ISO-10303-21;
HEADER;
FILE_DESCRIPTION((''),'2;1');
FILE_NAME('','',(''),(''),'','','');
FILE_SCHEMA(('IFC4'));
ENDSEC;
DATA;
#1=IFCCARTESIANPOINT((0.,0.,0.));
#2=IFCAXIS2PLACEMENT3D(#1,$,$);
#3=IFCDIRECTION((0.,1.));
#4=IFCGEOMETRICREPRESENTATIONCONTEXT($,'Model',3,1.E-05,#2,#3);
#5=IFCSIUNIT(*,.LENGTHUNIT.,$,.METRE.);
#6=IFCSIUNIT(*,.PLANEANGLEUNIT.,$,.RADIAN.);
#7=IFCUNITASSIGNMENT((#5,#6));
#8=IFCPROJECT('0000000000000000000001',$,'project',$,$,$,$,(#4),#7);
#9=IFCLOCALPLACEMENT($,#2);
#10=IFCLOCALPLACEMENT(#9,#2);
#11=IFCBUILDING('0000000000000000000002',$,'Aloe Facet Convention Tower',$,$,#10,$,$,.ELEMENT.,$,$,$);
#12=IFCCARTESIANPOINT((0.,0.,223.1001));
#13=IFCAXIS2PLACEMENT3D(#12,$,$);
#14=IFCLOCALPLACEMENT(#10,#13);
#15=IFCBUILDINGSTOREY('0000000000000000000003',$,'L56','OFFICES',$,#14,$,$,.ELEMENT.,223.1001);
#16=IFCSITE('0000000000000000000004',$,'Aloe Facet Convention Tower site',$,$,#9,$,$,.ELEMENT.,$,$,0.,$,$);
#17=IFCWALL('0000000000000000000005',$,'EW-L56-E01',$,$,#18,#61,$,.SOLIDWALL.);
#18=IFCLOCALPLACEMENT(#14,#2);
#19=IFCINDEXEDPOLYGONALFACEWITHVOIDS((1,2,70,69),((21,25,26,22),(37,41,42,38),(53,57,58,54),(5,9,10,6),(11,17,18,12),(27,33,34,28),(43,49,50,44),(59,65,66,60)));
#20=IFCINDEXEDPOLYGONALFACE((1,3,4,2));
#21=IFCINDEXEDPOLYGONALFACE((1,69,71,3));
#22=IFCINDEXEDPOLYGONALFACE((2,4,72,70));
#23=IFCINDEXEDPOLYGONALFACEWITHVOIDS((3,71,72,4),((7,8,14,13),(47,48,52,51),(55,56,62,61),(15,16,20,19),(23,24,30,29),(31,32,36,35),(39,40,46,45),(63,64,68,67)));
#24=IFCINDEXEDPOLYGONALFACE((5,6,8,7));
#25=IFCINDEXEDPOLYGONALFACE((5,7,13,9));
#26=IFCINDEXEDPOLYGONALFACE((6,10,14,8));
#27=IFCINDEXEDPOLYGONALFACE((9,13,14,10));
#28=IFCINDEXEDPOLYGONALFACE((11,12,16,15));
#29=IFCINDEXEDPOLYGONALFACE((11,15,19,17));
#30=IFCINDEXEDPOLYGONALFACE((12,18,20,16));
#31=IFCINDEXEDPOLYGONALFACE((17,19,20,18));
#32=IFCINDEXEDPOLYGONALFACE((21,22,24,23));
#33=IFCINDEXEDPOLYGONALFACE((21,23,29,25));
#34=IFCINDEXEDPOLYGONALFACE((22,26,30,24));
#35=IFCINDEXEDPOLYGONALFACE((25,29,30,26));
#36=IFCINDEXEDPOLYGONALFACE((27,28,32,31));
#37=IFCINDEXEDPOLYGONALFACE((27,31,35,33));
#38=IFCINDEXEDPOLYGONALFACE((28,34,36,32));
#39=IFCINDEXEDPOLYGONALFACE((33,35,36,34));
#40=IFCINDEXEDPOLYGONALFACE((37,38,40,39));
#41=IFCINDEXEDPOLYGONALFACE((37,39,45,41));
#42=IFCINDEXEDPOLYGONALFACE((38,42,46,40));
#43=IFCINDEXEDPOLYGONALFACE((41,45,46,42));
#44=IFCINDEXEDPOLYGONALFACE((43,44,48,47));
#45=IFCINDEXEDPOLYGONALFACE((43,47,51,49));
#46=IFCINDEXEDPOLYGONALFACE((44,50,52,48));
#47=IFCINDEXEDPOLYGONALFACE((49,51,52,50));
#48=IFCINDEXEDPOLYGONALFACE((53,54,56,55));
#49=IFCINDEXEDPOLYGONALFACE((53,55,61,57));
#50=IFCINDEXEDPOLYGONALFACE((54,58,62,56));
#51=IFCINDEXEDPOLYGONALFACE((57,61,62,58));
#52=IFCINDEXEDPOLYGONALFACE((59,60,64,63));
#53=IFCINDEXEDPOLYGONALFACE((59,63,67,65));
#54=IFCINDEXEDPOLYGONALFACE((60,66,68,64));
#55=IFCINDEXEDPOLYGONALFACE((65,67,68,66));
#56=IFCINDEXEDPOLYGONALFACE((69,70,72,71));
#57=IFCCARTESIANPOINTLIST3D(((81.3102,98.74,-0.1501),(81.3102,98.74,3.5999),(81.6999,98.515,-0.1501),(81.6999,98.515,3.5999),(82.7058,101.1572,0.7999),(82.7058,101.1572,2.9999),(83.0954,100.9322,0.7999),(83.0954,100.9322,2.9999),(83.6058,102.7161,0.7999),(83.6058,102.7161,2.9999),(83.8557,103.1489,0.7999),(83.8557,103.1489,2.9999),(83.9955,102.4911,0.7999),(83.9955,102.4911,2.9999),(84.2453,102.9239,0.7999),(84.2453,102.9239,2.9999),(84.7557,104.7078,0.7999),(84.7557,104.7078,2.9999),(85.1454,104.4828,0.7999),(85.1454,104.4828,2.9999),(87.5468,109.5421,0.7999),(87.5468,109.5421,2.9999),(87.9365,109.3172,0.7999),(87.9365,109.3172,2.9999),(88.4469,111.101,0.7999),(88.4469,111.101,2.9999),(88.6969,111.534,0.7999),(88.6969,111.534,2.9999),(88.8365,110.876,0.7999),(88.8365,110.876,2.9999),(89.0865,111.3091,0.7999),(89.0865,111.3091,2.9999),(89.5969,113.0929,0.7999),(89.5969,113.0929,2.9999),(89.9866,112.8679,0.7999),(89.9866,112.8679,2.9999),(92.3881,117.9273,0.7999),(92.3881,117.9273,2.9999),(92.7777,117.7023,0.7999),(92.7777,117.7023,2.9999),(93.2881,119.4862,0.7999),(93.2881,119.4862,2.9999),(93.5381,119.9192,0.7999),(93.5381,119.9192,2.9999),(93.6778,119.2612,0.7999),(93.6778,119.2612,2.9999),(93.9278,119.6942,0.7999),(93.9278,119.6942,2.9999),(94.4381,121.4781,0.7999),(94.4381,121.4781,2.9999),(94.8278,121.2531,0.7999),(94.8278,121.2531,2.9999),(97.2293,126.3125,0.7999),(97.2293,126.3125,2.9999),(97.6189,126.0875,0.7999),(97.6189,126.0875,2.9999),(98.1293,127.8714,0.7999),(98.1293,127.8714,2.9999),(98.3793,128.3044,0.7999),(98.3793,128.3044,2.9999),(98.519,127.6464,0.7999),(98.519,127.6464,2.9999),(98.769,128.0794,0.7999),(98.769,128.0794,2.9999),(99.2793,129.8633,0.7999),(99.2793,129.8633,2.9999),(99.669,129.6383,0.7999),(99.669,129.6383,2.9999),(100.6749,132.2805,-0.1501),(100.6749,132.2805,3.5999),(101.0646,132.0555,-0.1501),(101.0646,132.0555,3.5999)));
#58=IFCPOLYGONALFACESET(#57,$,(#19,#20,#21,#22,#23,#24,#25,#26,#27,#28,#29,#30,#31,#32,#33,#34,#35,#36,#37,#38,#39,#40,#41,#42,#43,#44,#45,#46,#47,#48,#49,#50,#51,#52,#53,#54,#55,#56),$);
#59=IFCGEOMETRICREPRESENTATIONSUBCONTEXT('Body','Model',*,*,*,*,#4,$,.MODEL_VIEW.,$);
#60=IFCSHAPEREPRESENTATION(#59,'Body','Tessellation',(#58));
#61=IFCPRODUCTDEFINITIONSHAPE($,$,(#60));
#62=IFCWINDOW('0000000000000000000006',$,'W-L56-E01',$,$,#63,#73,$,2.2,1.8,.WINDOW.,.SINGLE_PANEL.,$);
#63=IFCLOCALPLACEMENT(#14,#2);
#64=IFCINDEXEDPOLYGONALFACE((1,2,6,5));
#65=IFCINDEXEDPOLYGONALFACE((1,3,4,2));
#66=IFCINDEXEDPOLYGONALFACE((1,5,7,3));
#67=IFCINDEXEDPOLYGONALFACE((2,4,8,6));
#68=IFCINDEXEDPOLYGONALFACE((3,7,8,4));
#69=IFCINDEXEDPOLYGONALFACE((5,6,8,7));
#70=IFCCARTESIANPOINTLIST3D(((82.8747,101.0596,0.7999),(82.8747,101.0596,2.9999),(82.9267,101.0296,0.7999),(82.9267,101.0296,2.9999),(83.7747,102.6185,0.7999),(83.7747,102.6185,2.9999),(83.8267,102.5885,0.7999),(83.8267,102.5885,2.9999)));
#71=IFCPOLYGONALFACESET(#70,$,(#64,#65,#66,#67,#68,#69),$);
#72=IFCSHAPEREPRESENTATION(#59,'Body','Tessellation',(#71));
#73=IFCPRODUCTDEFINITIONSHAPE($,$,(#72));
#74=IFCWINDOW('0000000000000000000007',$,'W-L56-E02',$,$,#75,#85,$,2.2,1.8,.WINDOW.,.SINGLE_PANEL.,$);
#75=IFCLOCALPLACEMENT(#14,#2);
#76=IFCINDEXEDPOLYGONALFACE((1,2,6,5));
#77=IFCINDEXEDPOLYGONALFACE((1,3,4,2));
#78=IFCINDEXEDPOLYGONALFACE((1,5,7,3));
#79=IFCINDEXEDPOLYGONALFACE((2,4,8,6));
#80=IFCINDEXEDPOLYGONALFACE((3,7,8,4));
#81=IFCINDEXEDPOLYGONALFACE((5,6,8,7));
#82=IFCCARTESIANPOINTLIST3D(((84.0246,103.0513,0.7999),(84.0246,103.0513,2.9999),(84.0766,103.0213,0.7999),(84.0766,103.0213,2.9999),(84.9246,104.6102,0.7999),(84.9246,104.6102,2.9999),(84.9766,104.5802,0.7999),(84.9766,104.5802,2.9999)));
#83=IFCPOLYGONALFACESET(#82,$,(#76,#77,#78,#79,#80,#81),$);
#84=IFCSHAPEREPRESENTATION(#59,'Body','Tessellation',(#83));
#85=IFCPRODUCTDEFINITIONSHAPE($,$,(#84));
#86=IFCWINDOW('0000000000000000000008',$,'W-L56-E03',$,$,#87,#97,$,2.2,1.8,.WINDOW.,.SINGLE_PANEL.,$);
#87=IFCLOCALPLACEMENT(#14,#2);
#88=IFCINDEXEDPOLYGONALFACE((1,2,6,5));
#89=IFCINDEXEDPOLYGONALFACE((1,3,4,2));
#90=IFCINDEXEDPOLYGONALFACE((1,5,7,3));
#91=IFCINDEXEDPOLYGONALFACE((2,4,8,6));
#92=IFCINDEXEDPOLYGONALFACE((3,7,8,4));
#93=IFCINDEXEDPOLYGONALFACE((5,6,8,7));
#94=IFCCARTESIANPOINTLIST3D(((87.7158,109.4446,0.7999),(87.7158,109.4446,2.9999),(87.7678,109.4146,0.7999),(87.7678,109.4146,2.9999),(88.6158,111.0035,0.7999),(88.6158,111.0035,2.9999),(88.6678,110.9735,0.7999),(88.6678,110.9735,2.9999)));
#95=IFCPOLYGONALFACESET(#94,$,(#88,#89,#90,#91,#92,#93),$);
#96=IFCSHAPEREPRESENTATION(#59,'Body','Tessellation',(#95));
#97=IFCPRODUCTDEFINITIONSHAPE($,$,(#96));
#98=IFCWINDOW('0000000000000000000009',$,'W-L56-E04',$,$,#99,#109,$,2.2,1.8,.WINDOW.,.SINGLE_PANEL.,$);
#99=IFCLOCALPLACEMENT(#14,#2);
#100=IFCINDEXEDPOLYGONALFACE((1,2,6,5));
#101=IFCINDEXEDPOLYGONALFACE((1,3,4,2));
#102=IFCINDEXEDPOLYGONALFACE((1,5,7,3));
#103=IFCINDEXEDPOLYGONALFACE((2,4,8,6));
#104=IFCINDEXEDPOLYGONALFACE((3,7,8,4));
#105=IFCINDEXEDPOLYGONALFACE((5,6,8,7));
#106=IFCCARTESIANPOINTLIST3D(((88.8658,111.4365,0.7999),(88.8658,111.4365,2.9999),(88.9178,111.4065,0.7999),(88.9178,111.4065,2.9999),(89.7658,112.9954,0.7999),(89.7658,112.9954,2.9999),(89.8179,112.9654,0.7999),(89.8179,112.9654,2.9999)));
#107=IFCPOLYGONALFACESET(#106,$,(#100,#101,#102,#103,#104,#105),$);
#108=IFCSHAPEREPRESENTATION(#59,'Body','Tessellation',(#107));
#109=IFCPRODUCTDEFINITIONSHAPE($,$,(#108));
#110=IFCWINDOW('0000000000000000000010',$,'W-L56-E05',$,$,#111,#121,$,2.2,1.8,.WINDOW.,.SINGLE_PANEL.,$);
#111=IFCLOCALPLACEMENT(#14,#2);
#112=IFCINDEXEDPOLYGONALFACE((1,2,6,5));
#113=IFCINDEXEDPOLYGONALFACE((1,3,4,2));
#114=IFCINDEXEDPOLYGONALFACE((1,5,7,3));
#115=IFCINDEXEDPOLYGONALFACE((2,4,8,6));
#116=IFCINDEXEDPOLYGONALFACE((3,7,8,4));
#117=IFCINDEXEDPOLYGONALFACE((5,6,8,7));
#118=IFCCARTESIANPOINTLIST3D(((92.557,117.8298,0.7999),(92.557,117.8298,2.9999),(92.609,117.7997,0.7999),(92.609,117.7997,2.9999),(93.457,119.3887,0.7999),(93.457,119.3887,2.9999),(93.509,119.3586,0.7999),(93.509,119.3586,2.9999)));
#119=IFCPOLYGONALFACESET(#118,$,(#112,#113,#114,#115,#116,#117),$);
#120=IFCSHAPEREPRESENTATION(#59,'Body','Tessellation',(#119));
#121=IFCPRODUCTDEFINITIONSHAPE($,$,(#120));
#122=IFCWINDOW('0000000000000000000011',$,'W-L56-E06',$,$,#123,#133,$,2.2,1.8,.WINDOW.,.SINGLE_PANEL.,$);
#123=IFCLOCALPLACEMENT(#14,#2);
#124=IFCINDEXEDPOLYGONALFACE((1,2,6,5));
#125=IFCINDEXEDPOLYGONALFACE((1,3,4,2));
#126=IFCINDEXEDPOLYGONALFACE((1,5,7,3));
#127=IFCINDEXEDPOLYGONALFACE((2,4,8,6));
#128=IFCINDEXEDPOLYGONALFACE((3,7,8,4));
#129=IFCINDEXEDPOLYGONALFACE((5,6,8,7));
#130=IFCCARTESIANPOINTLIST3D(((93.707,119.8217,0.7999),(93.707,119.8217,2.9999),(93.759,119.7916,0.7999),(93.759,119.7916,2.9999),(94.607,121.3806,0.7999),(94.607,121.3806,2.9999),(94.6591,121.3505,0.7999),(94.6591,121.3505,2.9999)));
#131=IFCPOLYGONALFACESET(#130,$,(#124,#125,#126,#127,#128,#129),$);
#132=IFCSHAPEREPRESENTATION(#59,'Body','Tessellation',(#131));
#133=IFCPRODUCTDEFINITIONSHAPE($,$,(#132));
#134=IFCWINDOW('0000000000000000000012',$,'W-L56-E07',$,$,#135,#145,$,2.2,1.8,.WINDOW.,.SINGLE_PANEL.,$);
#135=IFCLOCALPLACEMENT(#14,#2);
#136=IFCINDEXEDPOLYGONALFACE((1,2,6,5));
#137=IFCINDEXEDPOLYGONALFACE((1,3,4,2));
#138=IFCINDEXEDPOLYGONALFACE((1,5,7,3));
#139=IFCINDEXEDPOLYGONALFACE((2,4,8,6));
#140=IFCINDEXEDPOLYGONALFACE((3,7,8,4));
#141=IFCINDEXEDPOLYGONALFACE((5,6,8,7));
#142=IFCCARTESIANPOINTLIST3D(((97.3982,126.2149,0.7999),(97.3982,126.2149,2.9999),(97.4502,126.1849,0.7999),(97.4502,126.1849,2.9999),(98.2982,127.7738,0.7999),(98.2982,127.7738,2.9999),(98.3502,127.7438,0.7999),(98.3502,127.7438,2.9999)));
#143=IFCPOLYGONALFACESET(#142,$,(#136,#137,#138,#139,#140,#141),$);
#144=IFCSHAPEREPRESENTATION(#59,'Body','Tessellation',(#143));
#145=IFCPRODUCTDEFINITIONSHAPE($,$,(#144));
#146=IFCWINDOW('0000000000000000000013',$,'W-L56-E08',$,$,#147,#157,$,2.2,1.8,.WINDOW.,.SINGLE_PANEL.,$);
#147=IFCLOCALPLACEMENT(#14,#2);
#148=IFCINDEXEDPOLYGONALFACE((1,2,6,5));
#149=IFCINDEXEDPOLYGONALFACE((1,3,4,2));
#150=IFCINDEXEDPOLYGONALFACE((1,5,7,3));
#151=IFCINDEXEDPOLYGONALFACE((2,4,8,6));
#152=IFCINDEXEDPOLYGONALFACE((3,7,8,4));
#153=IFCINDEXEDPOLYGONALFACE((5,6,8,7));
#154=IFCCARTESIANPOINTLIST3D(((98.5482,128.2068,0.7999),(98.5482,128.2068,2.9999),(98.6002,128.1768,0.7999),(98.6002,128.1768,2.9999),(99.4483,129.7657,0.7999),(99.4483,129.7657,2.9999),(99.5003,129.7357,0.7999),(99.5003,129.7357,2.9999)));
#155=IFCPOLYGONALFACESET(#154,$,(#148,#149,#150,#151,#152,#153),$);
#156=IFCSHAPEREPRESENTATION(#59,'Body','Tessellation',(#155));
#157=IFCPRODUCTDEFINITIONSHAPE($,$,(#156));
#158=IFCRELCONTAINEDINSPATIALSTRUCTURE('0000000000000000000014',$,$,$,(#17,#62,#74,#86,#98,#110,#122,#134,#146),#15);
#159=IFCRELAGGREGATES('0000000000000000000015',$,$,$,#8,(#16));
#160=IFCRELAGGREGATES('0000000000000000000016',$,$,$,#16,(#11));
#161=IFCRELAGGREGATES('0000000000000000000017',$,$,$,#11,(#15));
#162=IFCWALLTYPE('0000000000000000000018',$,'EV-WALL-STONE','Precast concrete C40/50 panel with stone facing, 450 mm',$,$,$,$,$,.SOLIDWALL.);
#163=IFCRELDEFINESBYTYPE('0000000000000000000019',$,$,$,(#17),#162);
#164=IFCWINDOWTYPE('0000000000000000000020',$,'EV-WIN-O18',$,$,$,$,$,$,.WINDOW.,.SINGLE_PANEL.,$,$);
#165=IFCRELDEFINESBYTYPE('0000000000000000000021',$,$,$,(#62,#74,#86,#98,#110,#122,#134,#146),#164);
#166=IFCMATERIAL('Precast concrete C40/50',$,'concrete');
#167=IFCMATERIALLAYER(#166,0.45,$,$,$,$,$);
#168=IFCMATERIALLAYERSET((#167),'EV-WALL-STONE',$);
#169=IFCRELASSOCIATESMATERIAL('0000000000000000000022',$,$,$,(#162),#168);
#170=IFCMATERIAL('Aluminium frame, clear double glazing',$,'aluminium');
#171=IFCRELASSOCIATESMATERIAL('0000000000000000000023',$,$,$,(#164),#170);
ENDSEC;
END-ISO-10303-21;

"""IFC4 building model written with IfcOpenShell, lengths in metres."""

from ifc_helpers import new_model, si_unit, direction, frame, frame_2d, origin, place, context, subcontext, project, spatial, polyline, rectangle, outline, extrude, material, layer, layer_set, type_object, element, fill, save


model = new_model("IFC4")

# Units and contexts
model_context = context("Model", 3, precision=1e-05, world=origin(), true_north=direction((0.0, 1.0)))
body_context = subcontext(model_context, "Body", "Model", "MODEL_VIEW")
ifc_project = project(units=[si_unit("LENGTHUNIT", "METRE"), si_unit("PLANEANGLEUNIT", "RADIAN")], contexts=[model_context])

# Site, building, storey
site_placement = place(None, origin())
site = spatial("IfcSite", under=ifc_project, at=site_placement, Name="Aloe Facet Convention Tower site", CompositionType="ELEMENT", RefElevation=0.0)
building_placement = place(site_placement, origin())
building = spatial("IfcBuilding", under=site, at=building_placement, Name="Aloe Facet Convention Tower", CompositionType="ELEMENT")
storey_placement = place(building_placement, frame((0.0, 0.0, 223.1001)))
storey = spatial("IfcBuildingStorey", under=building, at=storey_placement, Name="L56", Description="OFFICES", CompositionType="ELEMENT", Elevation=223.1001)

# Wall, openings, windows
ifc_material_1 = material(Name="Precast concrete C40/50", Category="concrete")
ifc_layer_1 = layer(ifc_material_1, 0.45)
ifc_layer_set_1 = layer_set([ifc_layer_1], Name="EV-WALL-STONE")
wall_type_1 = type_object("IfcWallType", Name="EV-WALL-STONE", Description="Precast concrete C40/50 panel with stone facing, 450 mm", PredefinedType="SOLIDWALL", material=ifc_layer_set_1)
wall_1_placement = place(storey_placement, frame((81.5051, 98.6274, -0.1501), z_axis=(0.0, 0.0, 1.0), x_axis=(0.500002, 0.866024, 0.0)))
wall_1 = element("IfcWall", 1, at=wall_1_placement, inside=storey, type_object=wall_type_1, Name="EW-L56-E01", PredefinedType="SOLIDWALL", context=body_context, shape_type="SweptSolid", body=[
    extrude(outline(polyline([(38.7292, 0.0), (38.7292, 3.75), (0.0, 3.75), (0.0, 0.0), (38.7292, 0.0)])), frame((0.0, 0.2251, 0.0), z_axis=(0.0, -1.0, 0.0), x_axis=(1.0, 0.0, 0.0)), (0.0, 0.0, 1.0), 0.45),
])
opening_1_placement = place(wall_1_placement, frame((2.7913, 0.0, 0.95)))
opening_1 = element("IfcOpeningElement", 2, at=opening_1_placement, cuts=wall_1, PredefinedType="OPENING", context=body_context, shape_type="SweptSolid", body=[
    extrude(rectangle(XDim=1.8, YDim=2.2, at=frame_2d((0.8999, 1.1001))), frame((0.0, 0.2349, 0.0), z_axis=(0.0, -1.0, 0.0), x_axis=(1.0, 0.0, 0.0)), (0.0, 0.0, 1.0), 0.47),
])
opening_2_placement = place(wall_1_placement, frame((5.0911, 0.0, 0.95)))
opening_2 = element("IfcOpeningElement", 3, at=opening_2_placement, cuts=wall_1, PredefinedType="OPENING", context=body_context, shape_type="SweptSolid", body=[
    extrude(rectangle(XDim=1.8, YDim=2.2, at=frame_2d((0.8999, 1.1001))), frame((0.0, 0.2349, 0.0), z_axis=(0.0, -1.0, 0.0), x_axis=(1.0, 0.0, 0.0)), (0.0, 0.0, 1.0), 0.47),
])
opening_3_placement = place(wall_1_placement, frame((12.4734, 0.0, 0.95)))
opening_3 = element("IfcOpeningElement", 4, at=opening_3_placement, cuts=wall_1, PredefinedType="OPENING", context=body_context, shape_type="SweptSolid", body=[
    extrude(rectangle(XDim=1.8, YDim=2.2, at=frame_2d((0.8999, 1.1001))), frame((0.0, 0.2349, 0.0), z_axis=(0.0, -1.0, 0.0), x_axis=(1.0, 0.0, 0.0)), (0.0, 0.0, 1.0), 0.47),
])
opening_4_placement = place(wall_1_placement, frame((14.7734, 0.0, 0.95)))
opening_4 = element("IfcOpeningElement", 5, at=opening_4_placement, cuts=wall_1, PredefinedType="OPENING", context=body_context, shape_type="SweptSolid", body=[
    extrude(rectangle(XDim=1.8, YDim=2.2, at=frame_2d((0.8999, 1.1001))), frame((0.0, 0.2349, 0.0), z_axis=(0.0, -1.0, 0.0), x_axis=(1.0, 0.0, 0.0)), (0.0, 0.0, 1.0), 0.47),
])
opening_5_placement = place(wall_1_placement, frame((22.1558, 0.0, 0.95)))
opening_5 = element("IfcOpeningElement", 6, at=opening_5_placement, cuts=wall_1, PredefinedType="OPENING", context=body_context, shape_type="SweptSolid", body=[
    extrude(rectangle(XDim=1.8, YDim=2.2, at=frame_2d((0.8999, 1.1001))), frame((0.0, 0.2349, 0.0), z_axis=(0.0, -1.0, 0.0), x_axis=(1.0, 0.0, 0.0)), (0.0, 0.0, 1.0), 0.47),
])
opening_6_placement = place(wall_1_placement, frame((24.4558, 0.0, 0.95)))
opening_6 = element("IfcOpeningElement", 7, at=opening_6_placement, cuts=wall_1, PredefinedType="OPENING", context=body_context, shape_type="SweptSolid", body=[
    extrude(rectangle(XDim=1.8, YDim=2.2, at=frame_2d((0.8999, 1.1001))), frame((0.0, 0.2349, 0.0), z_axis=(0.0, -1.0, 0.0), x_axis=(1.0, 0.0, 0.0)), (0.0, 0.0, 1.0), 0.47),
])
opening_7_placement = place(wall_1_placement, frame((31.8381, 0.0, 0.95)))
opening_7 = element("IfcOpeningElement", 8, at=opening_7_placement, cuts=wall_1, PredefinedType="OPENING", context=body_context, shape_type="SweptSolid", body=[
    extrude(rectangle(XDim=1.8, YDim=2.2, at=frame_2d((0.8999, 1.1001))), frame((0.0, 0.2349, 0.0), z_axis=(0.0, -1.0, 0.0), x_axis=(1.0, 0.0, 0.0)), (0.0, 0.0, 1.0), 0.47),
])
opening_8_placement = place(wall_1_placement, frame((34.1382, 0.0, 0.95)))
opening_8 = element("IfcOpeningElement", 9, at=opening_8_placement, cuts=wall_1, PredefinedType="OPENING", context=body_context, shape_type="SweptSolid", body=[
    extrude(rectangle(XDim=1.8, YDim=2.2, at=frame_2d((0.8999, 1.1001))), frame((0.0, 0.2349, 0.0), z_axis=(0.0, -1.0, 0.0), x_axis=(1.0, 0.0, 0.0)), (0.0, 0.0, 1.0), 0.47),
])
ifc_material_2 = material(Name="Aluminium frame, clear double glazing", Category="aluminium")
window_type = type_object("IfcWindowType", Name="EV-WIN-O18", PartitioningType="SINGLE_PANEL", PredefinedType="WINDOW", material=ifc_material_2)
window_1_placement = place(opening_1_placement, origin())
window_1 = element("IfcWindow", 10, at=window_1_placement, inside=storey, type_object=window_type, Name="W-L56-E01", OverallHeight=2.2, OverallWidth=1.8, PartitioningType="SINGLE_PANEL", PredefinedType="WINDOW", context=body_context, shape_type="SweptSolid", body=[
    extrude(rectangle(XDim=1.8, YDim=2.2, at=frame_2d((0.8999, 1.1001))), frame((0.0, 0.03, 0.0), z_axis=(0.0, -1.0, 0.0), x_axis=(1.0, 0.0, 0.0)), (0.0, 0.0, 1.0), 0.0601),
])
fill(opening_1, window_1)
window_2_placement = place(opening_2_placement, origin())
window_2 = element("IfcWindow", 11, at=window_2_placement, inside=storey, type_object=window_type, Name="W-L56-E02", OverallHeight=2.2, OverallWidth=1.8, PartitioningType="SINGLE_PANEL", PredefinedType="WINDOW", context=body_context, shape_type="SweptSolid", body=[
    extrude(rectangle(XDim=1.8, YDim=2.2, at=frame_2d((0.8999, 1.1001))), frame((0.0, 0.03, 0.0), z_axis=(0.0, -1.0, 0.0), x_axis=(1.0, 0.0, 0.0)), (0.0, 0.0, 1.0), 0.0601),
])
fill(opening_2, window_2)
window_3_placement = place(opening_3_placement, origin())
window_3 = element("IfcWindow", 12, at=window_3_placement, inside=storey, type_object=window_type, Name="W-L56-E03", OverallHeight=2.2, OverallWidth=1.8, PartitioningType="SINGLE_PANEL", PredefinedType="WINDOW", context=body_context, shape_type="SweptSolid", body=[
    extrude(rectangle(XDim=1.8, YDim=2.2, at=frame_2d((0.8999, 1.1001))), frame((0.0, 0.03, 0.0), z_axis=(0.0, -1.0, 0.0), x_axis=(1.0, 0.0, 0.0)), (0.0, 0.0, 1.0), 0.0601),
])
fill(opening_3, window_3)
window_4_placement = place(opening_4_placement, origin())
window_4 = element("IfcWindow", 13, at=window_4_placement, inside=storey, type_object=window_type, Name="W-L56-E04", OverallHeight=2.2, OverallWidth=1.8, PartitioningType="SINGLE_PANEL", PredefinedType="WINDOW", context=body_context, shape_type="SweptSolid", body=[
    extrude(rectangle(XDim=1.8, YDim=2.2, at=frame_2d((0.8999, 1.1001))), frame((0.0, 0.03, 0.0), z_axis=(0.0, -1.0, 0.0), x_axis=(1.0, 0.0, 0.0)), (0.0, 0.0, 1.0), 0.0601),
])
fill(opening_4, window_4)
window_5_placement = place(opening_5_placement, origin())
window_5 = element("IfcWindow", 14, at=window_5_placement, inside=storey, type_object=window_type, Name="W-L56-E05", OverallHeight=2.2, OverallWidth=1.8, PartitioningType="SINGLE_PANEL", PredefinedType="WINDOW", context=body_context, shape_type="SweptSolid", body=[
    extrude(rectangle(XDim=1.8, YDim=2.2, at=frame_2d((0.8999, 1.1001))), frame((0.0, 0.03, 0.0), z_axis=(0.0, -1.0, 0.0), x_axis=(1.0, 0.0, 0.0)), (0.0, 0.0, 1.0), 0.0601),
])
fill(opening_5, window_5)
window_6_placement = place(opening_6_placement, origin())
window_6 = element("IfcWindow", 15, at=window_6_placement, inside=storey, type_object=window_type, Name="W-L56-E06", OverallHeight=2.2, OverallWidth=1.8, PartitioningType="SINGLE_PANEL", PredefinedType="WINDOW", context=body_context, shape_type="SweptSolid", body=[
    extrude(rectangle(XDim=1.8, YDim=2.2, at=frame_2d((0.8999, 1.1001))), frame((0.0, 0.03, 0.0), z_axis=(0.0, -1.0, 0.0), x_axis=(1.0, 0.0, 0.0)), (0.0, 0.0, 1.0), 0.0601),
])
fill(opening_6, window_6)
window_7_placement = place(opening_7_placement, origin())
window_7 = element("IfcWindow", 16, at=window_7_placement, inside=storey, type_object=window_type, Name="W-L56-E07", OverallHeight=2.2, OverallWidth=1.8, PartitioningType="SINGLE_PANEL", PredefinedType="WINDOW", context=body_context, shape_type="SweptSolid", body=[
    extrude(rectangle(XDim=1.8, YDim=2.2, at=frame_2d((0.8999, 1.1001))), frame((0.0, 0.03, 0.0), z_axis=(0.0, -1.0, 0.0), x_axis=(1.0, 0.0, 0.0)), (0.0, 0.0, 1.0), 0.0601),
])
fill(opening_7, window_7)
window_8_placement = place(opening_8_placement, origin())
window_8 = element("IfcWindow", 17, at=window_8_placement, inside=storey, type_object=window_type, Name="W-L56-E08", OverallHeight=2.2, OverallWidth=1.8, PartitioningType="SINGLE_PANEL", PredefinedType="WINDOW", context=body_context, shape_type="SweptSolid", body=[
    extrude(rectangle(XDim=1.8, YDim=2.2, at=frame_2d((0.8999, 1.1001))), frame((0.0, 0.03, 0.0), z_axis=(0.0, -1.0, 0.0), x_axis=(1.0, 0.0, 0.0)), (0.0, 0.0, 1.0), 0.0601),
])
fill(opening_8, window_8)

save(model, "model.ifc")
